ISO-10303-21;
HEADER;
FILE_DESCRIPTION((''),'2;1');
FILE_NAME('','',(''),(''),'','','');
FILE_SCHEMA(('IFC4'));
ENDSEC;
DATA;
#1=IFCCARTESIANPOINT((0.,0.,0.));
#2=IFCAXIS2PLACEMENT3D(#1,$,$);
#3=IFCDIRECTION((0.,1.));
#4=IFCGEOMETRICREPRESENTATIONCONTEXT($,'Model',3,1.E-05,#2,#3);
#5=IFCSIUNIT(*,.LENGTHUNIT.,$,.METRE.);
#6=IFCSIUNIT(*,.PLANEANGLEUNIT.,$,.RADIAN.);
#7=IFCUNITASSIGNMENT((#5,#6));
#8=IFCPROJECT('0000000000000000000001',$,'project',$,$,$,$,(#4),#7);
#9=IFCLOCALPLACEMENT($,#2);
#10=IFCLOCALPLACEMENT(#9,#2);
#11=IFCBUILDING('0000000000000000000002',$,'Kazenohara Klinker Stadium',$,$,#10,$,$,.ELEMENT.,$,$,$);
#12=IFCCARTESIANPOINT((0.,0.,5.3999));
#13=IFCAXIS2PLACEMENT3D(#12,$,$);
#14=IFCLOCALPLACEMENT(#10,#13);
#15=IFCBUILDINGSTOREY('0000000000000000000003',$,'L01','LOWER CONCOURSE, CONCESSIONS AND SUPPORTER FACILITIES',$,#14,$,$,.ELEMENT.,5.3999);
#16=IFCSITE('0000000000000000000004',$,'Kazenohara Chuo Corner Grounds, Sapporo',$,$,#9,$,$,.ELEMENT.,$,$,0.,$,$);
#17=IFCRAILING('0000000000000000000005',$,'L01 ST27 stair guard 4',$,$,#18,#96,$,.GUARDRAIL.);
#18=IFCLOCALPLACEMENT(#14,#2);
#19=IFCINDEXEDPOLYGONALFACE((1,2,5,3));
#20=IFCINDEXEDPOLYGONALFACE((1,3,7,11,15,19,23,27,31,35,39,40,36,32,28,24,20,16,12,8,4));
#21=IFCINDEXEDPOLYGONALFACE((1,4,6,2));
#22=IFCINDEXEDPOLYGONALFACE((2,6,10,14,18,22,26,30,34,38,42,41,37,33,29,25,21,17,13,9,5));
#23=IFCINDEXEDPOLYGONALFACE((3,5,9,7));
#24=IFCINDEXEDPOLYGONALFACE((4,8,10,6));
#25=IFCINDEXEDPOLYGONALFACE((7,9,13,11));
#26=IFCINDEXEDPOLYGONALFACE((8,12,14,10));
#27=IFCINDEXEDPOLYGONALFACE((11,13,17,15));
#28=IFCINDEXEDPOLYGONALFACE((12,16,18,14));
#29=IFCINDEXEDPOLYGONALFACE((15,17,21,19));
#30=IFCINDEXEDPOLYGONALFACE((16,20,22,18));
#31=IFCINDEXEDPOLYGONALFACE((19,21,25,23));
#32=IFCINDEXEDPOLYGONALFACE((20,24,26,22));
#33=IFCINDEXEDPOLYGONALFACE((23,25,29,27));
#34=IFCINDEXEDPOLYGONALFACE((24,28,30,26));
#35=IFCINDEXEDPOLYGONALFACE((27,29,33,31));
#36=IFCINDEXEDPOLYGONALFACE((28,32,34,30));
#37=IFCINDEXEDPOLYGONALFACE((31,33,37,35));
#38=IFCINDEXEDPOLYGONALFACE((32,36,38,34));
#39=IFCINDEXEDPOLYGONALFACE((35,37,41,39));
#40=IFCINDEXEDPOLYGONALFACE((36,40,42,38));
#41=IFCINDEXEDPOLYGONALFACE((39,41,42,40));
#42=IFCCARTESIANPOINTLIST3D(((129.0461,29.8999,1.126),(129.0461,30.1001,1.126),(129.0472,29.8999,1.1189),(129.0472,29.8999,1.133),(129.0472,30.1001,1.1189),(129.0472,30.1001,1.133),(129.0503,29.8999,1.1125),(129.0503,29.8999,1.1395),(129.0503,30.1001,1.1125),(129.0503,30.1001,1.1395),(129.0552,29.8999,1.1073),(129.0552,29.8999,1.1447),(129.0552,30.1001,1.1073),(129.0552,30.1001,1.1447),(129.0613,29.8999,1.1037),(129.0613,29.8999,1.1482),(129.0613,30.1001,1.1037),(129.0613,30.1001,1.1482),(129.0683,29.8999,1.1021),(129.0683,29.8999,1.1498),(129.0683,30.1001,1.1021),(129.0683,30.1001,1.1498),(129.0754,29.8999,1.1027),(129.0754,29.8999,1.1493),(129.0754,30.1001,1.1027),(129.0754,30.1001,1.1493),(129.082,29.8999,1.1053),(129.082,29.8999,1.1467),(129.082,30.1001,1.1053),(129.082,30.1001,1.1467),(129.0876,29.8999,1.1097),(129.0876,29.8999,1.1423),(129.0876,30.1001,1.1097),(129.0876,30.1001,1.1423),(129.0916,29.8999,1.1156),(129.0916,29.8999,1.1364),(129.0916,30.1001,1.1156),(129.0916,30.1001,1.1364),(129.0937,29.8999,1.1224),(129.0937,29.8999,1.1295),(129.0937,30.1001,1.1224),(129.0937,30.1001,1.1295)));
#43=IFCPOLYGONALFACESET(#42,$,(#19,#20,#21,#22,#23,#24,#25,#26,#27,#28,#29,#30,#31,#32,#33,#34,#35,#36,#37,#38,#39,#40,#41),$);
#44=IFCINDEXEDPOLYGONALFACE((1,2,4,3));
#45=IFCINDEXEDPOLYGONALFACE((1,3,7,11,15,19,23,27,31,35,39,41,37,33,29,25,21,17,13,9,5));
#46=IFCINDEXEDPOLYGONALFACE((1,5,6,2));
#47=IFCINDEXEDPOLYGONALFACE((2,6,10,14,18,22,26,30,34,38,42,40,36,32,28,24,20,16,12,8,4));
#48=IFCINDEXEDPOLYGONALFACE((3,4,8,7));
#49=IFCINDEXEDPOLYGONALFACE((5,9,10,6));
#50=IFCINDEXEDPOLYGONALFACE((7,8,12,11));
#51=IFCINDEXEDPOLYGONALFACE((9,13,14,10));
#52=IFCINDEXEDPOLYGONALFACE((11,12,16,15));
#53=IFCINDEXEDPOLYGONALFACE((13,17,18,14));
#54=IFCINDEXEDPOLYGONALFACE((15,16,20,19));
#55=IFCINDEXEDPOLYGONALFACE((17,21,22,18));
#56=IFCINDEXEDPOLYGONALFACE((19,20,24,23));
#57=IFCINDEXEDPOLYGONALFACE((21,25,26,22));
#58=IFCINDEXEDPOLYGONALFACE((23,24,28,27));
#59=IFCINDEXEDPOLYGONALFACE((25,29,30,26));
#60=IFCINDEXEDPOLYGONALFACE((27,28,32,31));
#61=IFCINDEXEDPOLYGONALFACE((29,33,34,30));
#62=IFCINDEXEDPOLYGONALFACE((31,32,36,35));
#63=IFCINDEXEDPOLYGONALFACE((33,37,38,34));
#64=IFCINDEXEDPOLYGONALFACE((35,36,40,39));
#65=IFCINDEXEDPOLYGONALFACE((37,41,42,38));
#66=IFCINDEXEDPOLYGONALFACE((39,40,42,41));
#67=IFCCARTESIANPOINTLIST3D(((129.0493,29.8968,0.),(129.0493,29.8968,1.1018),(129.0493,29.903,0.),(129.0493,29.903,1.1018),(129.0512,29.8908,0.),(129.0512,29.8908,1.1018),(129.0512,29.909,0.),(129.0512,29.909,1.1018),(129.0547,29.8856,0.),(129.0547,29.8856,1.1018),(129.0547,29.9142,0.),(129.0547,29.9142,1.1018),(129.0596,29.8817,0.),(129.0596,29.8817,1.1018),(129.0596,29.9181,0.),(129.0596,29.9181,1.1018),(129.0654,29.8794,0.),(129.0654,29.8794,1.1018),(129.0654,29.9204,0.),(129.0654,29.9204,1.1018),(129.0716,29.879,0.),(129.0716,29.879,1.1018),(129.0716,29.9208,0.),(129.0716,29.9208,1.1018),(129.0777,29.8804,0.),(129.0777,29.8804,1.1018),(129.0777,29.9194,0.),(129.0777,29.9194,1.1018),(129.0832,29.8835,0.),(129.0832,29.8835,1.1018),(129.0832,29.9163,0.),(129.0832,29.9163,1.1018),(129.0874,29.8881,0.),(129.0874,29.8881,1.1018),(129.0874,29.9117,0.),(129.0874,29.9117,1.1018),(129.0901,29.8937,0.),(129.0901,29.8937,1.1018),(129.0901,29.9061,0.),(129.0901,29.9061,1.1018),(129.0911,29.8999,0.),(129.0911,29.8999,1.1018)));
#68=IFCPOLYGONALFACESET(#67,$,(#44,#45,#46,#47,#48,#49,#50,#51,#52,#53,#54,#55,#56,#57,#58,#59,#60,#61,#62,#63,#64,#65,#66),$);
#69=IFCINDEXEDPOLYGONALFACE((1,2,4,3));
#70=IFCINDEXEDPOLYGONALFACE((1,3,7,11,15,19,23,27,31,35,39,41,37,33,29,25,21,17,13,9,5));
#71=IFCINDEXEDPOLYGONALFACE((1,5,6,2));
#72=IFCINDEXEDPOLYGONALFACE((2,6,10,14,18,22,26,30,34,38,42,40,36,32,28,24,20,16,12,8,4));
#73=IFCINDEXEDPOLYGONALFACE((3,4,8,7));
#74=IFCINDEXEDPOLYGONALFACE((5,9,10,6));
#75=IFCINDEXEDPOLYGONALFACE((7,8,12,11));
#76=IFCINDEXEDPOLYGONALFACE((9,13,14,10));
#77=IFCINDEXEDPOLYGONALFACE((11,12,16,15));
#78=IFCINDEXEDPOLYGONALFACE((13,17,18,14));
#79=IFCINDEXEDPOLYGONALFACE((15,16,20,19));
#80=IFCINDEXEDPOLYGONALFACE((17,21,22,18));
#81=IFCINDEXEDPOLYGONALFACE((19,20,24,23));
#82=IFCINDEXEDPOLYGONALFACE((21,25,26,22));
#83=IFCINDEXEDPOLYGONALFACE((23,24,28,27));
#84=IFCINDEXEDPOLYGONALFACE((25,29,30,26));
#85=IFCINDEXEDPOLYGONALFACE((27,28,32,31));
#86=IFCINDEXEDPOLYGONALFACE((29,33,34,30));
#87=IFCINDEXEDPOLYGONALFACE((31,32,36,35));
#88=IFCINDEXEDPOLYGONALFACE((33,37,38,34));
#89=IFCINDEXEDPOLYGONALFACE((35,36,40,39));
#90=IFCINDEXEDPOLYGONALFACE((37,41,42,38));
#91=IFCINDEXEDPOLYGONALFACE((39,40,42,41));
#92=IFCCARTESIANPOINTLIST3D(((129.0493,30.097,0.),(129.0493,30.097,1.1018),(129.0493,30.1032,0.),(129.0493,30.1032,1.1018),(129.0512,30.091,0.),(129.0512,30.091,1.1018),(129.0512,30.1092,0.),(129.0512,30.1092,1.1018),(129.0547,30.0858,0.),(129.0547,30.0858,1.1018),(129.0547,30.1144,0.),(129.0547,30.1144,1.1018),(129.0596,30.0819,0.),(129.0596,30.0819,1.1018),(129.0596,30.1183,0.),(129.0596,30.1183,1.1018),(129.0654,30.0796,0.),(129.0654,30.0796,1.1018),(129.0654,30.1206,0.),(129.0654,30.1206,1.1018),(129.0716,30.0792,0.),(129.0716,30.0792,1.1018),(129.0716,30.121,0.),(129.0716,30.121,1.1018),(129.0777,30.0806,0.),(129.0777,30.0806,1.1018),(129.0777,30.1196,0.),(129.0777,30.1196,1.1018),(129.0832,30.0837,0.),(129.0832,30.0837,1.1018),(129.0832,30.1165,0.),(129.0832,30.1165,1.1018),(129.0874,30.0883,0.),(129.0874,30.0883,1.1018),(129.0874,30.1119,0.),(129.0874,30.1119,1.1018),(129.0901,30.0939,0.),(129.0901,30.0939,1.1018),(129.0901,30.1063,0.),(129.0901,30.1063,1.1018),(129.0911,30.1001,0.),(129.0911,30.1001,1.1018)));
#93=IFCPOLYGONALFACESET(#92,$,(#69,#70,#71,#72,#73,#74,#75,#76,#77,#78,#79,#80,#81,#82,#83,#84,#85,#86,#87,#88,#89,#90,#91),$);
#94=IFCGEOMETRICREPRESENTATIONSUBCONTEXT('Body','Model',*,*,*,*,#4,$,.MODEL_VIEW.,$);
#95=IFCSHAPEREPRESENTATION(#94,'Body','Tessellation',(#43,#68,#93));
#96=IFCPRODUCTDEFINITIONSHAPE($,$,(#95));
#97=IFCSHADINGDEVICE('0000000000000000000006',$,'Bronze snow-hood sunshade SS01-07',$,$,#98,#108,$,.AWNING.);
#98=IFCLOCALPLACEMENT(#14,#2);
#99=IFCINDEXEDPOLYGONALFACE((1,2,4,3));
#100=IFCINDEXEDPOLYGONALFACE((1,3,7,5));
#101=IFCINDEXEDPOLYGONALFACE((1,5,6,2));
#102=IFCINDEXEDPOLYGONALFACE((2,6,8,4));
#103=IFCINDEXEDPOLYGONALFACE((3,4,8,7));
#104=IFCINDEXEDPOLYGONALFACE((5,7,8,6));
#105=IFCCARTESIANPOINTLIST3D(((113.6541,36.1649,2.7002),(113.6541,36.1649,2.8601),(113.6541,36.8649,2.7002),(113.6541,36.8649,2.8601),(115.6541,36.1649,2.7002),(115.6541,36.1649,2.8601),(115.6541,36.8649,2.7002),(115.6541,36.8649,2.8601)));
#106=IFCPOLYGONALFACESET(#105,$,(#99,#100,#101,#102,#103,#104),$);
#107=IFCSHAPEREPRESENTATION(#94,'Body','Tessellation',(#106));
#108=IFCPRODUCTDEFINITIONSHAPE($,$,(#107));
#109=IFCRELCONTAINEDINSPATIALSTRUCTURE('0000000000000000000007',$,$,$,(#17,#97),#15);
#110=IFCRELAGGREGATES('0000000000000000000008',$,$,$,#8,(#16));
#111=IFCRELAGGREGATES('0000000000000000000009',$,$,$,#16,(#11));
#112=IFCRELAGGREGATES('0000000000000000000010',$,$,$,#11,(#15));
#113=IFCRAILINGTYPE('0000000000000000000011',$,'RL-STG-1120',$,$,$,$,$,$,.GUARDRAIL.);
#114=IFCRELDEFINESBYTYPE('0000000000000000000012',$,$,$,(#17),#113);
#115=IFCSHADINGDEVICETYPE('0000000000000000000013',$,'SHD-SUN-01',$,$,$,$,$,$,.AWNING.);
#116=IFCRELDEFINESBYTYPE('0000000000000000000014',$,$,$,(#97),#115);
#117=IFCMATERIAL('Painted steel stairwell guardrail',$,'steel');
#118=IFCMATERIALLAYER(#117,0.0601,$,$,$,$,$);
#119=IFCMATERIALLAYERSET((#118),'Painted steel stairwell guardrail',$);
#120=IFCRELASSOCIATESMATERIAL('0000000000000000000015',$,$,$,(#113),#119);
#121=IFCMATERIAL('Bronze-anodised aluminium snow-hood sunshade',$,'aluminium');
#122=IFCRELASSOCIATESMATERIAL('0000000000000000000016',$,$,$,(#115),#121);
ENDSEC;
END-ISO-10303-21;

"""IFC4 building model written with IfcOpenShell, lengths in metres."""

from ifc_helpers import new_model, si_unit, direction, frame, origin, origin_2d, place, context, subcontext, project, spatial, rectangle, circle, extrude, material, layer, layer_set, type_object, element, save


model = new_model("IFC4")

# Units and contexts
model_context = context("Model", 3, precision=1e-05, world=origin(), true_north=direction((0.0, 1.0)))
body_context = subcontext(model_context, "Body", "Model", "MODEL_VIEW")
ifc_project = project(units=[si_unit("LENGTHUNIT", "METRE"), si_unit("PLANEANGLEUNIT", "RADIAN")], contexts=[model_context])

# Site, building, storey
site_placement = place(None, origin())
site = spatial("IfcSite", under=ifc_project, at=site_placement, Name="Kazenohara Chuo Corner Grounds, Sapporo", CompositionType="ELEMENT", RefElevation=0.0)
building_placement = place(site_placement, origin())
building = spatial("IfcBuilding", under=site, at=building_placement, Name="Kazenohara Klinker Stadium", CompositionType="ELEMENT")
storey_placement = place(building_placement, frame((0.0, 0.0, 5.3999)))
storey = spatial("IfcBuildingStorey", under=building, at=storey_placement, Name="L01", Description="LOWER CONCOURSE, CONCESSIONS AND SUPPORTER FACILITIES", CompositionType="ELEMENT", Elevation=5.3999)

# Railing
ifc_material_1 = material(Name="Painted steel stairwell guardrail", Category="steel")
ifc_layer_1 = layer(ifc_material_1, 0.0601)
ifc_layer_set_1 = layer_set([ifc_layer_1], Name="Painted steel stairwell guardrail")
railing_type = type_object("IfcRailingType", Name="RL-STG-1120", PredefinedType="GUARDRAIL", material=ifc_layer_set_1)
railing_1_placement = place(storey_placement, frame((129.0701, 29.8999, 0.0)))
element("IfcRailing", 1, at=railing_1_placement, inside=storey, type_object=railing_type, Name="L01 ST27 stair guard 4", PredefinedType="GUARDRAIL", context=body_context, shape_type="SweptSolid", body=[
    extrude(circle(Radius=0.0239, at=origin_2d()), frame((0.0, 0.0, 1.126), z_axis=(0.0, 1.0, 0.0), x_axis=(-1.0, 0.0, 0.0)), (0.0, 0.0, 1.0), 0.2002),
    extrude(circle(Radius=0.021, at=origin_2d()), origin(), (0.0, 0.0, 1.0), 1.1018),
    extrude(circle(Radius=0.021, at=origin_2d()), frame((0.0, 0.2002, 0.0)), (0.0, 0.0, 1.0), 1.1018),
])

# Shading device
ifc_material_2 = material(Name="Bronze-anodised aluminium snow-hood sunshade", Category="aluminium")
shading_device_type = type_object("IfcShadingDeviceType", Name="SHD-SUN-01", PredefinedType="AWNING", material=ifc_material_2)
shading_device_placement = place(storey_placement, frame((114.6541, 36.5149, 2.7002), z_axis=(0.0, 0.0, 1.0), x_axis=(1.0, 0.0, 0.0)))
element("IfcShadingDevice", 2, at=shading_device_placement, inside=storey, type_object=shading_device_type, Name="Bronze snow-hood sunshade SS01-07", PredefinedType="AWNING", context=body_context, shape_type="SweptSolid", body=[
    extrude(rectangle(XDim=2.0, YDim=0.7, at=origin_2d()), origin(), (0.0, 0.0, 1.0), 0.1599),
])

save(model, "model.ifc")
